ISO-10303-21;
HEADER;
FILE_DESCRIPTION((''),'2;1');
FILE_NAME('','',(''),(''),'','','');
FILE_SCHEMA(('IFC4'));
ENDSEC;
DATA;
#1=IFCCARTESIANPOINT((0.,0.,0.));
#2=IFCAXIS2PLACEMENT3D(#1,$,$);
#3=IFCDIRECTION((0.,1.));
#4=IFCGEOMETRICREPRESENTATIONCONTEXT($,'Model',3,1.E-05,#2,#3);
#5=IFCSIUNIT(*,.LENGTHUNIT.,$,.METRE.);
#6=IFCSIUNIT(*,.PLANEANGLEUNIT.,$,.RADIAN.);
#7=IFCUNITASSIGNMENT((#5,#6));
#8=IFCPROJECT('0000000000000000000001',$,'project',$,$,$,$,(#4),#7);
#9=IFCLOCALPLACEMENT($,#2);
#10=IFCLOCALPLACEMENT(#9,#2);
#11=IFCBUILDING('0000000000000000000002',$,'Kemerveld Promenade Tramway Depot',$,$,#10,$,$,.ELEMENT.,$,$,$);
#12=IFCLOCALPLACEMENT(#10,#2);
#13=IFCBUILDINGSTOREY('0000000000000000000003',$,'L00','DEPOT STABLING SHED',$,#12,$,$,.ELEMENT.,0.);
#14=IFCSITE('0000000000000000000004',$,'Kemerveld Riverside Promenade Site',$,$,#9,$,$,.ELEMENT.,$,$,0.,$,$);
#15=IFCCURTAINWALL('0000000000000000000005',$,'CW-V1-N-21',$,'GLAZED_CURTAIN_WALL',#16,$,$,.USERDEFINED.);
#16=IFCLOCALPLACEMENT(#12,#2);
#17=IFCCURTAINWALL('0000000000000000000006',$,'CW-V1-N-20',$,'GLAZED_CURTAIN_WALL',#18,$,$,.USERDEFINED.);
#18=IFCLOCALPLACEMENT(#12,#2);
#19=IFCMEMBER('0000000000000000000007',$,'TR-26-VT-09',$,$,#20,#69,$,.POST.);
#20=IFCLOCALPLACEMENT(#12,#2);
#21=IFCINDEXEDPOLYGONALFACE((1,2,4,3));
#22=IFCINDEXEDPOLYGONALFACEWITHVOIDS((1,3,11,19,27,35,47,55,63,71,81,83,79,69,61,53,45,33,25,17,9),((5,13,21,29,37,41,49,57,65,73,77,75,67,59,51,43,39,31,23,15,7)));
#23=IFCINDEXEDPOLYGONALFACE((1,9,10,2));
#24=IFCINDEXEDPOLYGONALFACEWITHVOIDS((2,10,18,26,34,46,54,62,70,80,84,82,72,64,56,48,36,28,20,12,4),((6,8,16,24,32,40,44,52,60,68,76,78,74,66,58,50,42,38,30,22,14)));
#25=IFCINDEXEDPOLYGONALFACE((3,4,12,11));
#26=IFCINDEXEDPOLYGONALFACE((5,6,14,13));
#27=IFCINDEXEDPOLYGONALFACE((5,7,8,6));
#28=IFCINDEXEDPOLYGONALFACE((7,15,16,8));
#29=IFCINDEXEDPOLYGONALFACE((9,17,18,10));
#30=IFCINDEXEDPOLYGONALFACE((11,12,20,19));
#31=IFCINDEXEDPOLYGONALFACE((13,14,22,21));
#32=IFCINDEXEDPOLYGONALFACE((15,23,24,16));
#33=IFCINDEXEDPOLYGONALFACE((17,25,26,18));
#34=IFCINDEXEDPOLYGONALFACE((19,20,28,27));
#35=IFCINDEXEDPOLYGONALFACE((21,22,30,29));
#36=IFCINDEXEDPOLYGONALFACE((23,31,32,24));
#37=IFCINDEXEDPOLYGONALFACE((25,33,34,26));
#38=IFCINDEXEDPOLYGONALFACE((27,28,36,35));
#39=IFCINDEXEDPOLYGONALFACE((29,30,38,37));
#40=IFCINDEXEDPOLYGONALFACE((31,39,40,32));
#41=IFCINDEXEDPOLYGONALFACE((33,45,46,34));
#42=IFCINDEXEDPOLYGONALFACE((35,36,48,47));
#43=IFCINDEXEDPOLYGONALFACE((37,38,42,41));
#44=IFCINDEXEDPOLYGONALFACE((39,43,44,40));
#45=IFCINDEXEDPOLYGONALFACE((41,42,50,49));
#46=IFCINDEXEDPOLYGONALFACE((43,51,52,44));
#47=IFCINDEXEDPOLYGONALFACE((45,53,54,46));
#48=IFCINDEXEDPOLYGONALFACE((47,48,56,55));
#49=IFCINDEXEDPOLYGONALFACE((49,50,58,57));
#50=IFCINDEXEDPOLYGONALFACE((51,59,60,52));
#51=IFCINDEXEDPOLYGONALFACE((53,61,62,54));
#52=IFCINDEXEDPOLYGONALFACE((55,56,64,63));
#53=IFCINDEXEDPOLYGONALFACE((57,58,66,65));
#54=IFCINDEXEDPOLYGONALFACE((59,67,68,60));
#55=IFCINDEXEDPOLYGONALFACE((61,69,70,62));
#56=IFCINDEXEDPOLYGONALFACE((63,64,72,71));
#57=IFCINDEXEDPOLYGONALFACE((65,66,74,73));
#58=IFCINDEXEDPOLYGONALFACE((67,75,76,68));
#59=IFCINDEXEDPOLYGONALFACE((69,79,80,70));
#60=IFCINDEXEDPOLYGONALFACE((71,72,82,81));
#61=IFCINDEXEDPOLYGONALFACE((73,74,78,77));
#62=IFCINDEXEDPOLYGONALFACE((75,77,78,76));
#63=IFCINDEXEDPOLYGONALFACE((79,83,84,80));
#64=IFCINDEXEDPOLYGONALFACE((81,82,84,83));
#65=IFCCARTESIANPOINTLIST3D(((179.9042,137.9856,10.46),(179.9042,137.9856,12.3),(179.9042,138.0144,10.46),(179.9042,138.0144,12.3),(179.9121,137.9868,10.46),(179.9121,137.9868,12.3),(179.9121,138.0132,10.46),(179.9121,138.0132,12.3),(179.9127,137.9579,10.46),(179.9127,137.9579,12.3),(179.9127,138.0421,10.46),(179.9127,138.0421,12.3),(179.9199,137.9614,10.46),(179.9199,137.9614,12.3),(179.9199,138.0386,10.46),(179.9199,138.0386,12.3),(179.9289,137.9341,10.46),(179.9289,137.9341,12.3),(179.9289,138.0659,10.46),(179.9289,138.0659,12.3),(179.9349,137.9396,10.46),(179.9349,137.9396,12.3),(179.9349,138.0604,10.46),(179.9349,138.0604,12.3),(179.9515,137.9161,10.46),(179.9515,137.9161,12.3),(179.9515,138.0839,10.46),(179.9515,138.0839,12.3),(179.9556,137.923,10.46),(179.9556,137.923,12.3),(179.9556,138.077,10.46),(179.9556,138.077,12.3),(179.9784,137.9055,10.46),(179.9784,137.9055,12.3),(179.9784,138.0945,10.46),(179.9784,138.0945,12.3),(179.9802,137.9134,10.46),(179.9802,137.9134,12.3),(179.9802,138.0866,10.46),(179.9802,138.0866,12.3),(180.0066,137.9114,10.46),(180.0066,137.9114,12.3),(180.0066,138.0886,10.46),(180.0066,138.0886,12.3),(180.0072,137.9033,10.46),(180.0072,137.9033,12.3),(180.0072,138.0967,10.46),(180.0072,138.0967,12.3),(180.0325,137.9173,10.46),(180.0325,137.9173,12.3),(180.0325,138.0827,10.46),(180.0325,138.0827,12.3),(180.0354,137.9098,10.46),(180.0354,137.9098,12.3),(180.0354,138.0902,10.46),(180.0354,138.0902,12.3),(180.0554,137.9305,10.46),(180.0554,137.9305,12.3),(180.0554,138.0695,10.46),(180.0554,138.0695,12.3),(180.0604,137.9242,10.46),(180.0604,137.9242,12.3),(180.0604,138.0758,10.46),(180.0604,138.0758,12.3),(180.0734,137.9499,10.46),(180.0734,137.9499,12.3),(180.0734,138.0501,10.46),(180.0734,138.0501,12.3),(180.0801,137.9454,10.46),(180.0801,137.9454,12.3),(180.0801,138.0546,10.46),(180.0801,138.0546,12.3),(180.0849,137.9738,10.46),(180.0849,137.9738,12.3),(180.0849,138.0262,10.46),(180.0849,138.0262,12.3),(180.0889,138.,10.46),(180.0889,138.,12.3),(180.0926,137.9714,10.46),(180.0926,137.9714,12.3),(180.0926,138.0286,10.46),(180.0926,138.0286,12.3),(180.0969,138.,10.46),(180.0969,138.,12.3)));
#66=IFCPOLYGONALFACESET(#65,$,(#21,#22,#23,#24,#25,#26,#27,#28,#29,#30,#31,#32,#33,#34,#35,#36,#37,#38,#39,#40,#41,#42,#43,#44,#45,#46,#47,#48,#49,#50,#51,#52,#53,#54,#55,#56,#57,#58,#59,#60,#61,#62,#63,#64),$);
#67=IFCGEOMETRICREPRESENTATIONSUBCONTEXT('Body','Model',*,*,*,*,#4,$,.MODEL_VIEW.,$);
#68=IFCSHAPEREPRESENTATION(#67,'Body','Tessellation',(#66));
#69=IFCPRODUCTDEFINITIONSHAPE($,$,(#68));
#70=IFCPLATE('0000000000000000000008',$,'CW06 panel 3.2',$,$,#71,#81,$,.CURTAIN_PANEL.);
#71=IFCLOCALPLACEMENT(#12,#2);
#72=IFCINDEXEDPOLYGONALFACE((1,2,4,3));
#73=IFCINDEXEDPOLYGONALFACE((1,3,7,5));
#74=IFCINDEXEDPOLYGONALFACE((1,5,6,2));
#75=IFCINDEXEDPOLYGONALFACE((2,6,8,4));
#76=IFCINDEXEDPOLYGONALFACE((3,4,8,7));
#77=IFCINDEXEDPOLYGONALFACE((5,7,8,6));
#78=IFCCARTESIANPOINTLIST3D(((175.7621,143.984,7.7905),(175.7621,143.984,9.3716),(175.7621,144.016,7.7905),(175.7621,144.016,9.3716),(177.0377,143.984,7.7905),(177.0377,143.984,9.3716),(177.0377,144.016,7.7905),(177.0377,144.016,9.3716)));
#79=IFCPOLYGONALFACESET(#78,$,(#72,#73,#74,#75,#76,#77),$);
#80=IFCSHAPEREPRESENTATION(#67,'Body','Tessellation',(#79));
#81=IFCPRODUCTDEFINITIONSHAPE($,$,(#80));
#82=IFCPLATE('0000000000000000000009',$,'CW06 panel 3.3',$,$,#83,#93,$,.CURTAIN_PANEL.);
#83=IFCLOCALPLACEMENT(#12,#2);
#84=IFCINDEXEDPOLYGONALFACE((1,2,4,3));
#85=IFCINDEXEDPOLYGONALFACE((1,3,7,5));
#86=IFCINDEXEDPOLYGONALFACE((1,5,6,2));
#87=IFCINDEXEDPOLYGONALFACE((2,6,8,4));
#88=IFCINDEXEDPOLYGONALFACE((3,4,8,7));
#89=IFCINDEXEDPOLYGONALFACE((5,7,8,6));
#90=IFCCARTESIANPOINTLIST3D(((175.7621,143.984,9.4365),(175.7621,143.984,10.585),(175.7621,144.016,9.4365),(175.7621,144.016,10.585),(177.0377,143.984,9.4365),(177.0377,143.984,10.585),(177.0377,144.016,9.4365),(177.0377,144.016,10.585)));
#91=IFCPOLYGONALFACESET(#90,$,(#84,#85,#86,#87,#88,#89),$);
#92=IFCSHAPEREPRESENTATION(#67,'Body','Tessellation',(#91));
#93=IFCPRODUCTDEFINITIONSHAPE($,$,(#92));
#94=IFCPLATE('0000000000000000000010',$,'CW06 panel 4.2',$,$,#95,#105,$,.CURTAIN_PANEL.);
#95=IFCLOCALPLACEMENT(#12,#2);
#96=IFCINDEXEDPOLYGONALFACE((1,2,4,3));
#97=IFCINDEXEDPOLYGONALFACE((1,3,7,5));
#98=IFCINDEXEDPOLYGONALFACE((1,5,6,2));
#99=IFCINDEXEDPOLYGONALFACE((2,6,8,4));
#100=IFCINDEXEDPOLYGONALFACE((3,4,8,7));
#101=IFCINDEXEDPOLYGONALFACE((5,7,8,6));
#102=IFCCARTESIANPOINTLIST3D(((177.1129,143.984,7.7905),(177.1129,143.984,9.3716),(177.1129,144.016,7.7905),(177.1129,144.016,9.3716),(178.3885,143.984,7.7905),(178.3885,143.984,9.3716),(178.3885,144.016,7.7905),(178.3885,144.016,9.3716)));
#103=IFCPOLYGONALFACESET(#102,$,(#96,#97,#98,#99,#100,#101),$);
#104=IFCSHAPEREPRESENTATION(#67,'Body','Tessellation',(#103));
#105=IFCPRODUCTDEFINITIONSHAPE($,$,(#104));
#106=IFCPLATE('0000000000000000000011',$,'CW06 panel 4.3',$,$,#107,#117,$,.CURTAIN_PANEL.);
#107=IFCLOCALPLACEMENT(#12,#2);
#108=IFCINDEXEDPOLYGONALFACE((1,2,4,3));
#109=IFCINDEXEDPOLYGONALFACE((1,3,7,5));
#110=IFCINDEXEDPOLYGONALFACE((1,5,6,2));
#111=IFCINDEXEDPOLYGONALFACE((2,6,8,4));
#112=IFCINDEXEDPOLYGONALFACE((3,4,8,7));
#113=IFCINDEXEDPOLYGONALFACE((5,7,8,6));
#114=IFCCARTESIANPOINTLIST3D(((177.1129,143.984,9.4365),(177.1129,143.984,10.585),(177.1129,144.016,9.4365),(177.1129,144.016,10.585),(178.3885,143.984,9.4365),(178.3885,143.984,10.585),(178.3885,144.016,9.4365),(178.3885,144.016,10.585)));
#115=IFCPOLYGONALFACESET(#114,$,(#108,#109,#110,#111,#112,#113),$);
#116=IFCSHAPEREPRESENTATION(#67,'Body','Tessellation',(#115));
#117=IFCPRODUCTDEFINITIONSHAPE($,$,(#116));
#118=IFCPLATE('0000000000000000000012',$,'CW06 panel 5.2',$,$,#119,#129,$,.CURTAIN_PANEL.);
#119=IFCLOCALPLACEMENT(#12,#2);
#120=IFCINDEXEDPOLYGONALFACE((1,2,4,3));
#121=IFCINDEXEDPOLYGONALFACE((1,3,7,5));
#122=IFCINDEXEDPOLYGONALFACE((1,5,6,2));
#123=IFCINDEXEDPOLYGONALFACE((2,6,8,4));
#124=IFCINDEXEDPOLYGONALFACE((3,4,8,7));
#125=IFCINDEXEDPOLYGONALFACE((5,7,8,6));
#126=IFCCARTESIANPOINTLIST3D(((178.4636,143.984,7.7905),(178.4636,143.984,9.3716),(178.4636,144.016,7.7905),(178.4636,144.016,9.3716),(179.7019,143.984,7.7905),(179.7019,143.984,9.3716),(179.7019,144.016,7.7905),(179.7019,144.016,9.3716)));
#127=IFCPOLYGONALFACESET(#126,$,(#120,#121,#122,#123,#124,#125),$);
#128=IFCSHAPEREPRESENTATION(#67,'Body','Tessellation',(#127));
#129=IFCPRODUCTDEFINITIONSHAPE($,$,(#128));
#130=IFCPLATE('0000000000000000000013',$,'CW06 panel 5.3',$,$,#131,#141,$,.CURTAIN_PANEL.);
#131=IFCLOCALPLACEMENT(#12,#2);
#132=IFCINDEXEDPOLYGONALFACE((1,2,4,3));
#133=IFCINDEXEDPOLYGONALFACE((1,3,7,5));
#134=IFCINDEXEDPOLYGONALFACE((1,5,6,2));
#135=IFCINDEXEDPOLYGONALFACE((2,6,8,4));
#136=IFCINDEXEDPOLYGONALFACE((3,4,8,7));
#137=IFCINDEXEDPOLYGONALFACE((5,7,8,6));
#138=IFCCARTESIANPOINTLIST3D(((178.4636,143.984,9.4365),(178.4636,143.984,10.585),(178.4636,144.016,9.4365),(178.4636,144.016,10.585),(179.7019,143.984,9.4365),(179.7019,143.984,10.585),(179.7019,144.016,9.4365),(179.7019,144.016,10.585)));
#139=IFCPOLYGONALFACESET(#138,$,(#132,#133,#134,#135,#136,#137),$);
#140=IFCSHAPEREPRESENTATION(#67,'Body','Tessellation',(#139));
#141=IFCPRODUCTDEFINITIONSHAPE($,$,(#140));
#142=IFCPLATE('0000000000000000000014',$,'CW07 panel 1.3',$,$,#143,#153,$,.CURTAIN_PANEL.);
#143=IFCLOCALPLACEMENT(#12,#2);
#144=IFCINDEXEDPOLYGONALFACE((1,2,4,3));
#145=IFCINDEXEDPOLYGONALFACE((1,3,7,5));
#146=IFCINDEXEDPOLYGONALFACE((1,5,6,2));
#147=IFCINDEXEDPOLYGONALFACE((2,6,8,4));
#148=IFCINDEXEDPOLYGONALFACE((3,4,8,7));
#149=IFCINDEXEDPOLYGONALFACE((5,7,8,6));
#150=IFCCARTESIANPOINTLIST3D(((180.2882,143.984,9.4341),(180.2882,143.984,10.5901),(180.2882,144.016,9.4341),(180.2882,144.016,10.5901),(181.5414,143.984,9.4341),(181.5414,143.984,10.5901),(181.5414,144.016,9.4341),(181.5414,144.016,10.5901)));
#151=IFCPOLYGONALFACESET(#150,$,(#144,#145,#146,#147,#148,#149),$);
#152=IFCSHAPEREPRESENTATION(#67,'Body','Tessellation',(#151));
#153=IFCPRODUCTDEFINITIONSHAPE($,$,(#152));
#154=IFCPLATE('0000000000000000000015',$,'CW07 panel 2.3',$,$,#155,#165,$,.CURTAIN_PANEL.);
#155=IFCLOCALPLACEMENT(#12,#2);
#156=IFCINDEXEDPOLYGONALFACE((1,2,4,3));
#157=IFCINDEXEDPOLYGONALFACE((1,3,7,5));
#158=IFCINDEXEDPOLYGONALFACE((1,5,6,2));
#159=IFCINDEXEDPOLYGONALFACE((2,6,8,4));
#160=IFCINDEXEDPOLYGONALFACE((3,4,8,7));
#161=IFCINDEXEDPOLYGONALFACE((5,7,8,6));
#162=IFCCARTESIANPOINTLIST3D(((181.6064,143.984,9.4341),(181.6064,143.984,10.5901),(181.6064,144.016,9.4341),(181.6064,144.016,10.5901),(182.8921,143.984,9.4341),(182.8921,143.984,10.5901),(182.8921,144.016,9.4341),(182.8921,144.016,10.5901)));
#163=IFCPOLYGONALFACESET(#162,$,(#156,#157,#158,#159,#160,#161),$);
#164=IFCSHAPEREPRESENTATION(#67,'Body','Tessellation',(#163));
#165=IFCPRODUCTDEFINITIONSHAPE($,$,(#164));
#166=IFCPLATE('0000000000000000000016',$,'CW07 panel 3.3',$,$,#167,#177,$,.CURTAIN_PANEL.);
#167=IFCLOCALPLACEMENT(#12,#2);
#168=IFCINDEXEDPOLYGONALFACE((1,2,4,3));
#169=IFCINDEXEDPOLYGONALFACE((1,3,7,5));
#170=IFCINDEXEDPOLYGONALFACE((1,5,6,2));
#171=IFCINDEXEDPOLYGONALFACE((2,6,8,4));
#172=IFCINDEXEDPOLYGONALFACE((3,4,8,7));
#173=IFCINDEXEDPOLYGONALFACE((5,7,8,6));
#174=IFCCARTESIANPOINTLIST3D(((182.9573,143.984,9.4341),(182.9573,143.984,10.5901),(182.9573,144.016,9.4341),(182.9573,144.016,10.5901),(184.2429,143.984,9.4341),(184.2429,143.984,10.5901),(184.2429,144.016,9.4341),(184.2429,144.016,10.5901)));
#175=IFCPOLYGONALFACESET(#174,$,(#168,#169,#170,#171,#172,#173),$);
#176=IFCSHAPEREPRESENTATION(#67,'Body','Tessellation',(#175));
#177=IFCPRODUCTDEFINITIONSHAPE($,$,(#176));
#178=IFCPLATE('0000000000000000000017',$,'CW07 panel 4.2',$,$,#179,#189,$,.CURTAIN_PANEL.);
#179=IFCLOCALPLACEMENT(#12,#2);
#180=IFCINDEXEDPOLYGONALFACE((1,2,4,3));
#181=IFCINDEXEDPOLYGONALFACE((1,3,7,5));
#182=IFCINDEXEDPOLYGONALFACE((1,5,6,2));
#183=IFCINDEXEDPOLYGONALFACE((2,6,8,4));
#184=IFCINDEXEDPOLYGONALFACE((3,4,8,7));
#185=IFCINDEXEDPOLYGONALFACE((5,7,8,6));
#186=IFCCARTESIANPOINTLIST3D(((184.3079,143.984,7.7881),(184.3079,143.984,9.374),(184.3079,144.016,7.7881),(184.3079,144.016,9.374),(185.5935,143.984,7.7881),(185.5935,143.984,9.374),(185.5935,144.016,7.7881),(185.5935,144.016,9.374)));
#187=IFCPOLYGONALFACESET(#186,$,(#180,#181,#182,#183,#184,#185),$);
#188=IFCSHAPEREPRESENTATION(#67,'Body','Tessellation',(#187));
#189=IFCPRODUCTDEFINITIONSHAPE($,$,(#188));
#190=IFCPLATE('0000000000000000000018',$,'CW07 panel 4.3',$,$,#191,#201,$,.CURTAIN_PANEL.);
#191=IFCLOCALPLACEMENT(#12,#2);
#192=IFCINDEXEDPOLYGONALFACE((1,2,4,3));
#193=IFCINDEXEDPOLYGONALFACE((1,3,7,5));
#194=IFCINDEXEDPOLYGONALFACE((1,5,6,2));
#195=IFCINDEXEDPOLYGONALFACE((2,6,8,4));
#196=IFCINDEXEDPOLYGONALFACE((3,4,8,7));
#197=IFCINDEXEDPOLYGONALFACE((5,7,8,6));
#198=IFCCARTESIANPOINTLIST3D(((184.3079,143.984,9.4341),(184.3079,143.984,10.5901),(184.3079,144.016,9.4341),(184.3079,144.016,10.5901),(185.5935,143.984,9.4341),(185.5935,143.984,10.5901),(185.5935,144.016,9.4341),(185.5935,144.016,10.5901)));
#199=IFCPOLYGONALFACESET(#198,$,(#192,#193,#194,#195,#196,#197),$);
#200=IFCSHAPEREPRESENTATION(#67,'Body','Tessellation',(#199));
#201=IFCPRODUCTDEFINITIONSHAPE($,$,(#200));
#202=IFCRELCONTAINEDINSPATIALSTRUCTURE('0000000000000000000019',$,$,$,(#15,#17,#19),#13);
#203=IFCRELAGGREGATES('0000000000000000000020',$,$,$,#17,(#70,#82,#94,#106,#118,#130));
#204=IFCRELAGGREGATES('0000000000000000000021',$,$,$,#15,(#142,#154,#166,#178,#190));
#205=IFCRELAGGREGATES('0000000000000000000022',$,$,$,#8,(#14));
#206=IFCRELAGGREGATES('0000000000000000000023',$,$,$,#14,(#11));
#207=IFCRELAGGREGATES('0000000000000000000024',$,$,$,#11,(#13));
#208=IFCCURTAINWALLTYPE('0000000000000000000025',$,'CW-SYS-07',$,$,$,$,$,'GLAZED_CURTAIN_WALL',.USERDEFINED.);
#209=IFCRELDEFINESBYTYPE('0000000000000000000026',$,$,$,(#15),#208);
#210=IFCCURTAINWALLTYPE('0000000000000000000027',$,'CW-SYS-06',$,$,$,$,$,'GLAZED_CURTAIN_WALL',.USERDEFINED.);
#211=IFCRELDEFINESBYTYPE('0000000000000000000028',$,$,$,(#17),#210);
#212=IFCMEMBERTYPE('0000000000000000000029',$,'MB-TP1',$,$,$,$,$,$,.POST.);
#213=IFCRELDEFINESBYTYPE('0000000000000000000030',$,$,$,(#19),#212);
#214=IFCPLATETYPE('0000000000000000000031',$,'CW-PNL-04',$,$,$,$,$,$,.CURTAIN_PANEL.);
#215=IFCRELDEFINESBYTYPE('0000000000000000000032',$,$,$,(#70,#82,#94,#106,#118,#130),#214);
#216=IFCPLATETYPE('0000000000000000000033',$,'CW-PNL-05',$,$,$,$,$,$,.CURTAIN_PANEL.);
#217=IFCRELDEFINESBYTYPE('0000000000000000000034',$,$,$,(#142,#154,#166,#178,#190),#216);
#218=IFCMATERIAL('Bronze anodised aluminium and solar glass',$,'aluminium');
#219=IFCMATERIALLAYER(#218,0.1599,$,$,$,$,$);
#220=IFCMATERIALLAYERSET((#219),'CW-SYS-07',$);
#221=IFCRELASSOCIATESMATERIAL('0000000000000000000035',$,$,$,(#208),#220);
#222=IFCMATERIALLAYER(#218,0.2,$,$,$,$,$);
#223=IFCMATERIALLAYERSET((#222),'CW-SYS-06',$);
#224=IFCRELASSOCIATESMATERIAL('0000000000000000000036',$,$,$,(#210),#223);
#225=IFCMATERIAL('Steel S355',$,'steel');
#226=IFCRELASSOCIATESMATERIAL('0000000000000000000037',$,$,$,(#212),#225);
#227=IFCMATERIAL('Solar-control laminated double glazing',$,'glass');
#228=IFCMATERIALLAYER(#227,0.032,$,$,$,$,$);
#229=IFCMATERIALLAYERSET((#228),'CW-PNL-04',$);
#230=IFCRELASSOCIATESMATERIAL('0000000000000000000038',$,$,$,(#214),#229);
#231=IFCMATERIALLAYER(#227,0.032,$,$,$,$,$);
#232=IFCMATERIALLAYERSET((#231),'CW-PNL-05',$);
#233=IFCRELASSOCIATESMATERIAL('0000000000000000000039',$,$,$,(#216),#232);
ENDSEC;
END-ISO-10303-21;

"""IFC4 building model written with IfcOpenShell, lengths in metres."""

from ifc_helpers import new_model, si_unit, direction, frame, origin, origin_2d, place, context, subcontext, project, spatial, rectangle, hollow_circle, extrude, material, layer, layer_set, material_profile, profile_set, type_object, element, aggregate, save


model = new_model("IFC4")

# Units and contexts
model_context = context("Model", 3, precision=1e-05, world=origin(), true_north=direction((0.0, 1.0)))
body_context = subcontext(model_context, "Body", "Model", "MODEL_VIEW")
ifc_project = project(units=[si_unit("LENGTHUNIT", "METRE"), si_unit("PLANEANGLEUNIT", "RADIAN")], contexts=[model_context])

# Site, building, storey
site_placement = place(None, origin())
site = spatial("IfcSite", under=ifc_project, at=site_placement, Name="Kemerveld Riverside Promenade Site", CompositionType="ELEMENT", RefElevation=0.0)
building_placement = place(site_placement, origin())
building = spatial("IfcBuilding", under=site, at=building_placement, Name="Kemerveld Promenade Tramway Depot", CompositionType="ELEMENT")
storey_placement = place(building_placement, origin())
storey = spatial("IfcBuildingStorey", under=building, at=storey_placement, Name="L00", Description="DEPOT STABLING SHED", CompositionType="ELEMENT", Elevation=0.0)

# Shared definitions
ifc_material_1 = material(Name="Steel S355", Category="steel")

# Curtain walls
ifc_material_2 = material(Name="Bronze anodised aluminium and solar glass", Category="aluminium")
ifc_layer_1 = layer(ifc_material_2, 0.1599)
ifc_layer_set_1 = layer_set([ifc_layer_1], Name="CW-SYS-07")
curtain_wall_type_1 = type_object("IfcCurtainWallType", Name="CW-SYS-07", ElementType="GLAZED_CURTAIN_WALL", PredefinedType="USERDEFINED", material=ifc_layer_set_1)
curtain_wall_1_placement = place(storey_placement, origin())
curtain_wall_1 = element("IfcCurtainWall", 1, at=curtain_wall_1_placement, inside=storey, type_object=curtain_wall_type_1, Name="CW-V1-N-21", ObjectType="GLAZED_CURTAIN_WALL", PredefinedType="USERDEFINED")
ifc_layer_2 = layer(ifc_material_2, 0.2)
ifc_layer_set_2 = layer_set([ifc_layer_2], Name="CW-SYS-06")
curtain_wall_type_2 = type_object("IfcCurtainWallType", Name="CW-SYS-06", ElementType="GLAZED_CURTAIN_WALL", PredefinedType="USERDEFINED", material=ifc_layer_set_2)
curtain_wall_2_placement = place(storey_placement, origin())
curtain_wall_2 = element("IfcCurtainWall", 2, at=curtain_wall_2_placement, inside=storey, type_object=curtain_wall_type_2, Name="CW-V1-N-20", ObjectType="GLAZED_CURTAIN_WALL", PredefinedType="USERDEFINED")

# Member
ifc_material_profile_1 = material_profile(ifc_material_1, hollow_circle(Radius=0.0969, WallThickness=0.0081, at=origin_2d()), Name="193.7x8.0 CHS")
ifc_profile_set_1 = profile_set([ifc_material_profile_1], Name="Steel S355")
member_type_1 = type_object("IfcMemberType", Name="MB-TP1", PredefinedType="POST", material=ifc_profile_set_1)
member_1_placement = place(storey_placement, frame((180.0, 138.0, 10.46), z_axis=(0.0, 0.0, 1.0), x_axis=(1.0, 0.0, 0.0)))
element("IfcMember", 3, at=member_1_placement, inside=storey, type_object=member_type_1, Name="TR-26-VT-09", PredefinedType="POST", context=body_context, shape_type="SweptSolid", body=[
    extrude(hollow_circle(Radius=0.0969, WallThickness=0.0081, at=origin_2d()), origin(), (0.0, 0.0, 1.0), 1.8401),
])

# Plates
ifc_material_3 = material(Name="Solar-control laminated double glazing", Category="glass")
ifc_layer_3 = layer(ifc_material_3, 0.032)
ifc_layer_set_3 = layer_set([ifc_layer_3], Name="CW-PNL-04")
plate_type_1 = type_object("IfcPlateType", Name="CW-PNL-04", PredefinedType="CURTAIN_PANEL", material=ifc_layer_set_3)
plate_1_placement = place(storey_placement, frame((176.3999, 144.0, 7.7905), z_axis=(0.0, 0.0, 1.0), x_axis=(1.0, 0.0, 0.0)))
plate_1 = element("IfcPlate", 4, at=plate_1_placement, type_object=plate_type_1, Name="CW06 panel 3.2", PredefinedType="CURTAIN_PANEL", context=body_context, shape_type="SweptSolid", body=[
    extrude(rectangle(XDim=1.2756, YDim=0.032, at=origin_2d()), origin(), (0.0, 0.0, 1.0), 1.5811),
])
plate_2_placement = place(storey_placement, frame((176.3999, 144.0, 9.4365), z_axis=(0.0, 0.0, 1.0), x_axis=(1.0, 0.0, 0.0)))
plate_2 = element("IfcPlate", 5, at=plate_2_placement, type_object=plate_type_1, Name="CW06 panel 3.3", PredefinedType="CURTAIN_PANEL", context=body_context, shape_type="SweptSolid", body=[
    extrude(rectangle(XDim=1.2756, YDim=0.032, at=origin_2d()), origin(), (0.0, 0.0, 1.0), 1.1484),
])
plate_3_placement = place(storey_placement, frame((177.7507, 144.0, 7.7905), z_axis=(0.0, 0.0, 1.0), x_axis=(1.0, 0.0, 0.0)))
plate_3 = element("IfcPlate", 6, at=plate_3_placement, type_object=plate_type_1, Name="CW06 panel 4.2", PredefinedType="CURTAIN_PANEL", context=body_context, shape_type="SweptSolid", body=[
    extrude(rectangle(XDim=1.2756, YDim=0.032, at=origin_2d()), origin(), (0.0, 0.0, 1.0), 1.5811),
])
plate_4_placement = place(storey_placement, frame((177.7507, 144.0, 9.4365), z_axis=(0.0, 0.0, 1.0), x_axis=(1.0, 0.0, 0.0)))
plate_4 = element("IfcPlate", 7, at=plate_4_placement, type_object=plate_type_1, Name="CW06 panel 4.3", PredefinedType="CURTAIN_PANEL", context=body_context, shape_type="SweptSolid", body=[
    extrude(rectangle(XDim=1.2756, YDim=0.032, at=origin_2d()), origin(), (0.0, 0.0, 1.0), 1.1484),
])
plate_5_placement = place(storey_placement, frame((179.0828, 144.0, 7.7905), z_axis=(0.0, 0.0, 1.0), x_axis=(1.0, 0.0, 0.0)))
plate_5 = element("IfcPlate", 8, at=plate_5_placement, type_object=plate_type_1, Name="CW06 panel 5.2", PredefinedType="CURTAIN_PANEL", context=body_context, shape_type="SweptSolid", body=[
    extrude(rectangle(XDim=1.2383, YDim=0.032, at=origin_2d()), origin(), (0.0, 0.0, 1.0), 1.5811),
])
plate_6_placement = place(storey_placement, frame((179.0828, 144.0, 9.4365), z_axis=(0.0, 0.0, 1.0), x_axis=(1.0, 0.0, 0.0)))
plate_6 = element("IfcPlate", 9, at=plate_6_placement, type_object=plate_type_1, Name="CW06 panel 5.3", PredefinedType="CURTAIN_PANEL", context=body_context, shape_type="SweptSolid", body=[
    extrude(rectangle(XDim=1.2383, YDim=0.032, at=origin_2d()), origin(), (0.0, 0.0, 1.0), 1.1484),
])
aggregate(curtain_wall_2, [plate_1, plate_2, plate_3, plate_4, plate_5, plate_6])
ifc_layer_4 = layer(ifc_material_3, 0.032)
ifc_layer_set_4 = layer_set([ifc_layer_4], Name="CW-PNL-05")
plate_type_2 = type_object("IfcPlateType", Name="CW-PNL-05", PredefinedType="CURTAIN_PANEL", material=ifc_layer_set_4)
plate_7_placement = place(storey_placement, frame((180.9148, 144.0, 9.4341), z_axis=(0.0, 0.0, 1.0), x_axis=(1.0, 0.0, 0.0)))
plate_7 = element("IfcPlate", 10, at=plate_7_placement, type_object=plate_type_2, Name="CW07 panel 1.3", PredefinedType="CURTAIN_PANEL", context=body_context, shape_type="SweptSolid", body=[
    extrude(rectangle(XDim=1.2532, YDim=0.032, at=origin_2d()), origin(), (0.0, 0.0, 1.0), 1.156),
])
plate_8_placement = place(storey_placement, frame((182.2493, 144.0, 9.4341), z_axis=(0.0, 0.0, 1.0), x_axis=(1.0, 0.0, 0.0)))
plate_8 = element("IfcPlate", 11, at=plate_8_placement, type_object=plate_type_2, Name="CW07 panel 2.3", PredefinedType="CURTAIN_PANEL", context=body_context, shape_type="SweptSolid", body=[
    extrude(rectangle(XDim=1.2856, YDim=0.032, at=origin_2d()), origin(), (0.0, 0.0, 1.0), 1.156),
])
plate_9_placement = place(storey_placement, frame((183.6001, 144.0, 9.4341), z_axis=(0.0, 0.0, 1.0), x_axis=(1.0, 0.0, 0.0)))
plate_9 = element("IfcPlate", 12, at=plate_9_placement, type_object=plate_type_2, Name="CW07 panel 3.3", PredefinedType="CURTAIN_PANEL", context=body_context, shape_type="SweptSolid", body=[
    extrude(rectangle(XDim=1.2856, YDim=0.032, at=origin_2d()), origin(), (0.0, 0.0, 1.0), 1.156),
])
plate_10_placement = place(storey_placement, frame((184.9507, 144.0, 7.7881), z_axis=(0.0, 0.0, 1.0), x_axis=(1.0, 0.0, 0.0)))
plate_10 = element("IfcPlate", 13, at=plate_10_placement, type_object=plate_type_2, Name="CW07 panel 4.2", PredefinedType="CURTAIN_PANEL", context=body_context, shape_type="SweptSolid", body=[
    extrude(rectangle(XDim=1.2856, YDim=0.032, at=origin_2d()), origin(), (0.0, 0.0, 1.0), 1.5859),
])
plate_11_placement = place(storey_placement, frame((184.9507, 144.0, 9.4341), z_axis=(0.0, 0.0, 1.0), x_axis=(1.0, 0.0, 0.0)))
plate_11 = element("IfcPlate", 14, at=plate_11_placement, type_object=plate_type_2, Name="CW07 panel 4.3", PredefinedType="CURTAIN_PANEL", context=body_context, shape_type="SweptSolid", body=[
    extrude(rectangle(XDim=1.2856, YDim=0.032, at=origin_2d()), origin(), (0.0, 0.0, 1.0), 1.156),
])
aggregate(curtain_wall_1, [plate_7, plate_8, plate_9, plate_10, plate_11])

save(model, "model.ifc")
